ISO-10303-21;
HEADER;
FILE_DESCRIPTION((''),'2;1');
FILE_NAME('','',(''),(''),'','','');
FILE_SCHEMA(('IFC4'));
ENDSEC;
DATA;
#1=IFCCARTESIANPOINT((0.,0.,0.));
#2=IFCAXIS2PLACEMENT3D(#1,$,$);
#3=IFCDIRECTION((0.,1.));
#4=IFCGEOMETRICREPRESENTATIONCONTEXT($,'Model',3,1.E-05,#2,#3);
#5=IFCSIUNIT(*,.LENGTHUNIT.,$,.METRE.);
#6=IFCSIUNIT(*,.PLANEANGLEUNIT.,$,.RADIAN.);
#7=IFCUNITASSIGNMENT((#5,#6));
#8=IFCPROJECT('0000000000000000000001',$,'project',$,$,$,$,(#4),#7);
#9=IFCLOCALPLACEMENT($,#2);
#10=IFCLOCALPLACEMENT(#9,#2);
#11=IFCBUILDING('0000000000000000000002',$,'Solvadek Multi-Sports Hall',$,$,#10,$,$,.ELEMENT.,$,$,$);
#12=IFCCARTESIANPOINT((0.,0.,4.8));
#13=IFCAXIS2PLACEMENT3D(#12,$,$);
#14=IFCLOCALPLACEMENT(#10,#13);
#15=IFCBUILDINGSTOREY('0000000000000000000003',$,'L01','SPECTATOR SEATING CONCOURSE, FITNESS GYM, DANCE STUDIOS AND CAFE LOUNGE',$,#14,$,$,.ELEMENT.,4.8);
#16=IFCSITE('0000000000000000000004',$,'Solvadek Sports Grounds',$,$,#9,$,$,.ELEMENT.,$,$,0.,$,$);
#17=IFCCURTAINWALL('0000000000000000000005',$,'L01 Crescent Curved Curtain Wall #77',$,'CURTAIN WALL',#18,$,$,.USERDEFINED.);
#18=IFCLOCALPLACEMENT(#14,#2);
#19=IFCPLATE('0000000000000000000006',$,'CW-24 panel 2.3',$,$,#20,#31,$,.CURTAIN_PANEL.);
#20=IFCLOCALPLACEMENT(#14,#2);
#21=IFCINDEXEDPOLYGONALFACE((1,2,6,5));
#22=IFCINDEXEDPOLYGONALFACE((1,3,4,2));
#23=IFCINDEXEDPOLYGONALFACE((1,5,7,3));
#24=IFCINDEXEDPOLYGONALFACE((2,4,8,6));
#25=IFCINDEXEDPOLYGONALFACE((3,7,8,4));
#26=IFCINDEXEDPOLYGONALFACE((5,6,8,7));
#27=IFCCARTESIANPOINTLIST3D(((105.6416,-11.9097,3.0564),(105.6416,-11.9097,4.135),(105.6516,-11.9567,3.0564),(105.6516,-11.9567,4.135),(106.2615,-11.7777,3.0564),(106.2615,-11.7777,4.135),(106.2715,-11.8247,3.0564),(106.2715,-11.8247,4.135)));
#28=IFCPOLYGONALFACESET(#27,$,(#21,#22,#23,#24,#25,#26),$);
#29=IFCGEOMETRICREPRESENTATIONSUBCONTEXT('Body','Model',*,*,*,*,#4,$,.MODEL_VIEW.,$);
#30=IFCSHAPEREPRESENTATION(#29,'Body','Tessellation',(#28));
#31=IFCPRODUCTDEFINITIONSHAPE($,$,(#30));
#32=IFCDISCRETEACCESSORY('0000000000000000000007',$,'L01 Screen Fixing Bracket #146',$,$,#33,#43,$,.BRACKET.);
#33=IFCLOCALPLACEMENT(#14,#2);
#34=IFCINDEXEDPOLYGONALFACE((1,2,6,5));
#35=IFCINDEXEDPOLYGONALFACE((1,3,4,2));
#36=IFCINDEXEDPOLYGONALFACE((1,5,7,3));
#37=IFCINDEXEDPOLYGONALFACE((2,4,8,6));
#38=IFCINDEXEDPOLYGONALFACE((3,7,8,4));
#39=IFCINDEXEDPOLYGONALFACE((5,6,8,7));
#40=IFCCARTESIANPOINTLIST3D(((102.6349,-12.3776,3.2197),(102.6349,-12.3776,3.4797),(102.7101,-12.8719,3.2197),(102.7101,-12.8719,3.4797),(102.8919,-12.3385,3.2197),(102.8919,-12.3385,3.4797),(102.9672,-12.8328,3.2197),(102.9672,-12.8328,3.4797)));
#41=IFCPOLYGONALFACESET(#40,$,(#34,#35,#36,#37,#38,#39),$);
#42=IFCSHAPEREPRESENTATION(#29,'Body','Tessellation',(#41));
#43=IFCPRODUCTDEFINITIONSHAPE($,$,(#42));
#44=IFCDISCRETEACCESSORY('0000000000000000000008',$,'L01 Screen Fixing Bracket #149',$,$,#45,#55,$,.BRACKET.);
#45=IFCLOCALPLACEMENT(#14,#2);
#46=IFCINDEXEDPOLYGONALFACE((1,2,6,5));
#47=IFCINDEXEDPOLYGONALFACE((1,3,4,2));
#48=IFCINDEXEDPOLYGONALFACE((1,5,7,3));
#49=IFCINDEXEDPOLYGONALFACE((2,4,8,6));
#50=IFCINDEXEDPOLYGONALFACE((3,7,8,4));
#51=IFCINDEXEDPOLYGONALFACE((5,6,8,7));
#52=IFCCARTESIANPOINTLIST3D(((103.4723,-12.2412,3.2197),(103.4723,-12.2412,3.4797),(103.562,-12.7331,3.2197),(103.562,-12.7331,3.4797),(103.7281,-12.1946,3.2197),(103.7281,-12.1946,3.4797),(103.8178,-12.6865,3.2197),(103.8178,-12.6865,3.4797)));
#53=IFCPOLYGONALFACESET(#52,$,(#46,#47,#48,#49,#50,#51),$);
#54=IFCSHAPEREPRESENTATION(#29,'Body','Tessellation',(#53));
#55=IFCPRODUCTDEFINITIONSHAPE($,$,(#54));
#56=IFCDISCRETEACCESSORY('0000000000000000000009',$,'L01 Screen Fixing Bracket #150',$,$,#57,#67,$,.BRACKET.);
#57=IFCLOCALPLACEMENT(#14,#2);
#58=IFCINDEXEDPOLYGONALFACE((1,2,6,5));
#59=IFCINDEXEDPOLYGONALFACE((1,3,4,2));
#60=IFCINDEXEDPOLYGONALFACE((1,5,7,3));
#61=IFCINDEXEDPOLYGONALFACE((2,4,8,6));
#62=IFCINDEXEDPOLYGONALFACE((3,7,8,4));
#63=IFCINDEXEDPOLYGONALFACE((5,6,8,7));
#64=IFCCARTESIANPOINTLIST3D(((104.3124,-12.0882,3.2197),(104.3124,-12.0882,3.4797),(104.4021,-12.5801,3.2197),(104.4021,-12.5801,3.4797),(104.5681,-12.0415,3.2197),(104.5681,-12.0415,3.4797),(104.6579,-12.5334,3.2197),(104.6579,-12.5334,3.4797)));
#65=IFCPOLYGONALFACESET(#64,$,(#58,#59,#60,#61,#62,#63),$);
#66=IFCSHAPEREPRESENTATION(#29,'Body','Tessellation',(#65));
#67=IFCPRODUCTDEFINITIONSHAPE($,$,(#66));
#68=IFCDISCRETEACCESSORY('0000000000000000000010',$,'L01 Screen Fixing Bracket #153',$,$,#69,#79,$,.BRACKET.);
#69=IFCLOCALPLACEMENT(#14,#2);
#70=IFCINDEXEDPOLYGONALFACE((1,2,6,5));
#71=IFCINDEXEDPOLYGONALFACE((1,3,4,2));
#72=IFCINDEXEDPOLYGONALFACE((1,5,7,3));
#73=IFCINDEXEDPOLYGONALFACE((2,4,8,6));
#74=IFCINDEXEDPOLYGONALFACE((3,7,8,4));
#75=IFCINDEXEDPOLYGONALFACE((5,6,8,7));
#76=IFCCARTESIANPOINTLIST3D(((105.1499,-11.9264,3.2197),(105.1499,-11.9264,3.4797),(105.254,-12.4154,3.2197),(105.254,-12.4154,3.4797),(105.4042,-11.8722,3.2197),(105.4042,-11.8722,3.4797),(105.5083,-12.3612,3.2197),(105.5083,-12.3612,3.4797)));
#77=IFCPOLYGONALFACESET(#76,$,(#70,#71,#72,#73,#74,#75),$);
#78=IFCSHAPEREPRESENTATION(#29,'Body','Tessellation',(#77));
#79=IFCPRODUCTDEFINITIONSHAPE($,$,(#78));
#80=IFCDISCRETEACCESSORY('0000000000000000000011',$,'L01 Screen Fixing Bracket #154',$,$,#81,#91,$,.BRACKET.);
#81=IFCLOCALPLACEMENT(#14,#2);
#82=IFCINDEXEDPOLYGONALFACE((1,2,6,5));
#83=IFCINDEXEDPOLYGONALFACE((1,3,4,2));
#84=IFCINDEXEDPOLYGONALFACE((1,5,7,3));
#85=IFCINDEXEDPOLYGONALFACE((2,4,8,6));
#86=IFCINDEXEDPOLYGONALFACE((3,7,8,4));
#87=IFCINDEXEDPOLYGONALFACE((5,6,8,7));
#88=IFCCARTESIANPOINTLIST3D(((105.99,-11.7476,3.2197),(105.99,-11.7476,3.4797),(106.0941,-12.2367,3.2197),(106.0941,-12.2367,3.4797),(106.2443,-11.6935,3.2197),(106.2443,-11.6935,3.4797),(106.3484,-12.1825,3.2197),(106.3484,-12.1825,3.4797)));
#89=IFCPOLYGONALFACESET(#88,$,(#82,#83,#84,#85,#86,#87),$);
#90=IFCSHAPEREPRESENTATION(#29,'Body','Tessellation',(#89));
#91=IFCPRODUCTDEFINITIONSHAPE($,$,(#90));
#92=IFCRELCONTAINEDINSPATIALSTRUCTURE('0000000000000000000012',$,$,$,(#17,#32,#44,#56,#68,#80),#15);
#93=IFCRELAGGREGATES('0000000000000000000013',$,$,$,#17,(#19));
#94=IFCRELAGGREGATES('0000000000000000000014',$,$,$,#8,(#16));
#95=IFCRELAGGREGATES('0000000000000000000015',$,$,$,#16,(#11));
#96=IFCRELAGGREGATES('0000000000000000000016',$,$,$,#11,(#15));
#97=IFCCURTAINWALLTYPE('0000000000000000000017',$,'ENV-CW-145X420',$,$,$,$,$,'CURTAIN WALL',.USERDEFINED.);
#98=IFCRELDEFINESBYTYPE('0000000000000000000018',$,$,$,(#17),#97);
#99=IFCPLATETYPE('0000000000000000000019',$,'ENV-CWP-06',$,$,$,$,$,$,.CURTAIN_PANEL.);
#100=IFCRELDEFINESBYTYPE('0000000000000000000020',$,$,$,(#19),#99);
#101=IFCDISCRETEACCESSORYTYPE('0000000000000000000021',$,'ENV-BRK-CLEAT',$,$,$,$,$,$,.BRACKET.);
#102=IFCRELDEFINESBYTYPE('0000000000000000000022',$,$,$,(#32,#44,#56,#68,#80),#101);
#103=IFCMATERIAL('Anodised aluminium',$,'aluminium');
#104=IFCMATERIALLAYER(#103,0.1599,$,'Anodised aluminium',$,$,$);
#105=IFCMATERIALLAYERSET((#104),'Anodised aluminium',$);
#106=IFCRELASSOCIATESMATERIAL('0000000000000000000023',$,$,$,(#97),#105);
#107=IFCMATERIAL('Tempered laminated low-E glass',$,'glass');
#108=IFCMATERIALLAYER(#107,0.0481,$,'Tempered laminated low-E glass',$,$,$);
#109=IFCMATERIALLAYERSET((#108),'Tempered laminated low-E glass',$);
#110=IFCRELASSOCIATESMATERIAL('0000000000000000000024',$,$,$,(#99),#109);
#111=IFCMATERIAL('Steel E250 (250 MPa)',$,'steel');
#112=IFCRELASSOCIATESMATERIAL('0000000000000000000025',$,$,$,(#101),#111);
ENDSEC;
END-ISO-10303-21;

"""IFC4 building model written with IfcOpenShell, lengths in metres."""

from ifc_helpers import new_model, si_unit, direction, frame, origin, origin_2d, place, context, subcontext, project, spatial, rectangle, extrude, material, layer, layer_set, type_object, element, aggregate, save


model = new_model("IFC4")

# Units and contexts
model_context = context("Model", 3, precision=1e-05, world=origin(), true_north=direction((0.0, 1.0)))
body_context = subcontext(model_context, "Body", "Model", "MODEL_VIEW")
ifc_project = project(units=[si_unit("LENGTHUNIT", "METRE"), si_unit("PLANEANGLEUNIT", "RADIAN")], contexts=[model_context])

# Site, building, storey
site_placement = place(None, origin())
site = spatial("IfcSite", under=ifc_project, at=site_placement, Name="Solvadek Sports Grounds", CompositionType="ELEMENT", RefElevation=0.0)
building_placement = place(site_placement, origin())
building = spatial("IfcBuilding", under=site, at=building_placement, Name="Solvadek Multi-Sports Hall", CompositionType="ELEMENT")
storey_placement = place(building_placement, frame((0.0, 0.0, 4.8)))
storey = spatial("IfcBuildingStorey", under=building, at=storey_placement, Name="L01", Description="SPECTATOR SEATING CONCOURSE, FITNESS GYM, DANCE STUDIOS AND CAFE LOUNGE", CompositionType="ELEMENT", Elevation=4.8)

# Curtain wall
ifc_material_1 = material(Name="Anodised aluminium", Category="aluminium")
ifc_layer_1 = layer(ifc_material_1, 0.1599, Name="Anodised aluminium")
ifc_layer_set_1 = layer_set([ifc_layer_1], Name="Anodised aluminium")
curtain_wall_type_1 = type_object("IfcCurtainWallType", Name="ENV-CW-145X420", ElementType="CURTAIN WALL", PredefinedType="USERDEFINED", material=ifc_layer_set_1)
curtain_wall_1_placement = place(storey_placement, origin())
curtain_wall_1 = element("IfcCurtainWall", 1, at=curtain_wall_1_placement, inside=storey, type_object=curtain_wall_type_1, Name="L01 Crescent Curved Curtain Wall #77", ObjectType="CURTAIN WALL", PredefinedType="USERDEFINED")

# Shared definitions
ifc_material_2 = material(Name="Steel E250 (250 MPa)", Category="steel")

# Plate
ifc_material_3 = material(Name="Tempered laminated low-E glass", Category="glass")
ifc_layer_2 = layer(ifc_material_3, 0.0481, Name="Tempered laminated low-E glass")
ifc_layer_set_2 = layer_set([ifc_layer_2], Name="Tempered laminated low-E glass")
plate_type_1 = type_object("IfcPlateType", Name="ENV-CWP-06", PredefinedType="CURTAIN_PANEL", material=ifc_layer_set_2)
plate_1_placement = place(storey_placement, frame((105.9565, -11.8672, 3.0564), z_axis=(0.0, 0.0, 1.0), x_axis=(0.978075, 0.208255, 0.0)))
plate_1 = element("IfcPlate", 2, at=plate_1_placement, type_object=plate_type_1, Name="CW-24 panel 2.3", PredefinedType="CURTAIN_PANEL", context=body_context, shape_type="SweptSolid", body=[
    extrude(rectangle(XDim=0.6338, YDim=0.0481, at=origin_2d()), origin(), (0.0, 0.0, 1.0), 1.0786),
])
aggregate(curtain_wall_1, [plate_1])

# Discrete accessories
discrete_accessory_type = type_object("IfcDiscreteAccessoryType", Name="ENV-BRK-CLEAT", PredefinedType="BRACKET", material=ifc_material_2)
for number, where, z_axis, x_axis, name in (
    (3, (102.801, -12.6052, 3.2197), (0.0, 0.0, 1.0), (0.988606, 0.150527, 0.0), "L01 Screen Fixing Bracket #146"),
    (4, (103.645, -12.4639, 3.2197), (0.0, 0.0, 1.0), (0.983772, 0.179421, 0.0), "L01 Screen Fixing Bracket #149"),
    (5, (104.4851, -12.3108, 3.2197), (0.0, 0.0, 1.0), (0.983772, 0.179421, 0.0), "L01 Screen Fixing Bracket #150"),
    (6, (105.3291, -12.1438, 3.2197), (0.0, 0.0, 1.0), (0.978076, 0.208249, 0.0), "L01 Screen Fixing Bracket #153"),
    (7, (106.1692, -11.9651, 3.2197), (0.0, 0.0, 1.0), (0.978076, 0.208249, 0.0), "L01 Screen Fixing Bracket #154"),
):
    element("IfcDiscreteAccessory", number, at=place(storey_placement, frame(where, z_axis=z_axis, x_axis=x_axis)), inside=storey, type_object=discrete_accessory_type, Name=name, PredefinedType="BRACKET", context=body_context, shape_type="SweptSolid", body=[
        extrude(rectangle(XDim=0.26, YDim=0.5, at=origin_2d()), origin(), (0.0, 0.0, 1.0), 0.26),
    ])

save(model, "model.ifc")
